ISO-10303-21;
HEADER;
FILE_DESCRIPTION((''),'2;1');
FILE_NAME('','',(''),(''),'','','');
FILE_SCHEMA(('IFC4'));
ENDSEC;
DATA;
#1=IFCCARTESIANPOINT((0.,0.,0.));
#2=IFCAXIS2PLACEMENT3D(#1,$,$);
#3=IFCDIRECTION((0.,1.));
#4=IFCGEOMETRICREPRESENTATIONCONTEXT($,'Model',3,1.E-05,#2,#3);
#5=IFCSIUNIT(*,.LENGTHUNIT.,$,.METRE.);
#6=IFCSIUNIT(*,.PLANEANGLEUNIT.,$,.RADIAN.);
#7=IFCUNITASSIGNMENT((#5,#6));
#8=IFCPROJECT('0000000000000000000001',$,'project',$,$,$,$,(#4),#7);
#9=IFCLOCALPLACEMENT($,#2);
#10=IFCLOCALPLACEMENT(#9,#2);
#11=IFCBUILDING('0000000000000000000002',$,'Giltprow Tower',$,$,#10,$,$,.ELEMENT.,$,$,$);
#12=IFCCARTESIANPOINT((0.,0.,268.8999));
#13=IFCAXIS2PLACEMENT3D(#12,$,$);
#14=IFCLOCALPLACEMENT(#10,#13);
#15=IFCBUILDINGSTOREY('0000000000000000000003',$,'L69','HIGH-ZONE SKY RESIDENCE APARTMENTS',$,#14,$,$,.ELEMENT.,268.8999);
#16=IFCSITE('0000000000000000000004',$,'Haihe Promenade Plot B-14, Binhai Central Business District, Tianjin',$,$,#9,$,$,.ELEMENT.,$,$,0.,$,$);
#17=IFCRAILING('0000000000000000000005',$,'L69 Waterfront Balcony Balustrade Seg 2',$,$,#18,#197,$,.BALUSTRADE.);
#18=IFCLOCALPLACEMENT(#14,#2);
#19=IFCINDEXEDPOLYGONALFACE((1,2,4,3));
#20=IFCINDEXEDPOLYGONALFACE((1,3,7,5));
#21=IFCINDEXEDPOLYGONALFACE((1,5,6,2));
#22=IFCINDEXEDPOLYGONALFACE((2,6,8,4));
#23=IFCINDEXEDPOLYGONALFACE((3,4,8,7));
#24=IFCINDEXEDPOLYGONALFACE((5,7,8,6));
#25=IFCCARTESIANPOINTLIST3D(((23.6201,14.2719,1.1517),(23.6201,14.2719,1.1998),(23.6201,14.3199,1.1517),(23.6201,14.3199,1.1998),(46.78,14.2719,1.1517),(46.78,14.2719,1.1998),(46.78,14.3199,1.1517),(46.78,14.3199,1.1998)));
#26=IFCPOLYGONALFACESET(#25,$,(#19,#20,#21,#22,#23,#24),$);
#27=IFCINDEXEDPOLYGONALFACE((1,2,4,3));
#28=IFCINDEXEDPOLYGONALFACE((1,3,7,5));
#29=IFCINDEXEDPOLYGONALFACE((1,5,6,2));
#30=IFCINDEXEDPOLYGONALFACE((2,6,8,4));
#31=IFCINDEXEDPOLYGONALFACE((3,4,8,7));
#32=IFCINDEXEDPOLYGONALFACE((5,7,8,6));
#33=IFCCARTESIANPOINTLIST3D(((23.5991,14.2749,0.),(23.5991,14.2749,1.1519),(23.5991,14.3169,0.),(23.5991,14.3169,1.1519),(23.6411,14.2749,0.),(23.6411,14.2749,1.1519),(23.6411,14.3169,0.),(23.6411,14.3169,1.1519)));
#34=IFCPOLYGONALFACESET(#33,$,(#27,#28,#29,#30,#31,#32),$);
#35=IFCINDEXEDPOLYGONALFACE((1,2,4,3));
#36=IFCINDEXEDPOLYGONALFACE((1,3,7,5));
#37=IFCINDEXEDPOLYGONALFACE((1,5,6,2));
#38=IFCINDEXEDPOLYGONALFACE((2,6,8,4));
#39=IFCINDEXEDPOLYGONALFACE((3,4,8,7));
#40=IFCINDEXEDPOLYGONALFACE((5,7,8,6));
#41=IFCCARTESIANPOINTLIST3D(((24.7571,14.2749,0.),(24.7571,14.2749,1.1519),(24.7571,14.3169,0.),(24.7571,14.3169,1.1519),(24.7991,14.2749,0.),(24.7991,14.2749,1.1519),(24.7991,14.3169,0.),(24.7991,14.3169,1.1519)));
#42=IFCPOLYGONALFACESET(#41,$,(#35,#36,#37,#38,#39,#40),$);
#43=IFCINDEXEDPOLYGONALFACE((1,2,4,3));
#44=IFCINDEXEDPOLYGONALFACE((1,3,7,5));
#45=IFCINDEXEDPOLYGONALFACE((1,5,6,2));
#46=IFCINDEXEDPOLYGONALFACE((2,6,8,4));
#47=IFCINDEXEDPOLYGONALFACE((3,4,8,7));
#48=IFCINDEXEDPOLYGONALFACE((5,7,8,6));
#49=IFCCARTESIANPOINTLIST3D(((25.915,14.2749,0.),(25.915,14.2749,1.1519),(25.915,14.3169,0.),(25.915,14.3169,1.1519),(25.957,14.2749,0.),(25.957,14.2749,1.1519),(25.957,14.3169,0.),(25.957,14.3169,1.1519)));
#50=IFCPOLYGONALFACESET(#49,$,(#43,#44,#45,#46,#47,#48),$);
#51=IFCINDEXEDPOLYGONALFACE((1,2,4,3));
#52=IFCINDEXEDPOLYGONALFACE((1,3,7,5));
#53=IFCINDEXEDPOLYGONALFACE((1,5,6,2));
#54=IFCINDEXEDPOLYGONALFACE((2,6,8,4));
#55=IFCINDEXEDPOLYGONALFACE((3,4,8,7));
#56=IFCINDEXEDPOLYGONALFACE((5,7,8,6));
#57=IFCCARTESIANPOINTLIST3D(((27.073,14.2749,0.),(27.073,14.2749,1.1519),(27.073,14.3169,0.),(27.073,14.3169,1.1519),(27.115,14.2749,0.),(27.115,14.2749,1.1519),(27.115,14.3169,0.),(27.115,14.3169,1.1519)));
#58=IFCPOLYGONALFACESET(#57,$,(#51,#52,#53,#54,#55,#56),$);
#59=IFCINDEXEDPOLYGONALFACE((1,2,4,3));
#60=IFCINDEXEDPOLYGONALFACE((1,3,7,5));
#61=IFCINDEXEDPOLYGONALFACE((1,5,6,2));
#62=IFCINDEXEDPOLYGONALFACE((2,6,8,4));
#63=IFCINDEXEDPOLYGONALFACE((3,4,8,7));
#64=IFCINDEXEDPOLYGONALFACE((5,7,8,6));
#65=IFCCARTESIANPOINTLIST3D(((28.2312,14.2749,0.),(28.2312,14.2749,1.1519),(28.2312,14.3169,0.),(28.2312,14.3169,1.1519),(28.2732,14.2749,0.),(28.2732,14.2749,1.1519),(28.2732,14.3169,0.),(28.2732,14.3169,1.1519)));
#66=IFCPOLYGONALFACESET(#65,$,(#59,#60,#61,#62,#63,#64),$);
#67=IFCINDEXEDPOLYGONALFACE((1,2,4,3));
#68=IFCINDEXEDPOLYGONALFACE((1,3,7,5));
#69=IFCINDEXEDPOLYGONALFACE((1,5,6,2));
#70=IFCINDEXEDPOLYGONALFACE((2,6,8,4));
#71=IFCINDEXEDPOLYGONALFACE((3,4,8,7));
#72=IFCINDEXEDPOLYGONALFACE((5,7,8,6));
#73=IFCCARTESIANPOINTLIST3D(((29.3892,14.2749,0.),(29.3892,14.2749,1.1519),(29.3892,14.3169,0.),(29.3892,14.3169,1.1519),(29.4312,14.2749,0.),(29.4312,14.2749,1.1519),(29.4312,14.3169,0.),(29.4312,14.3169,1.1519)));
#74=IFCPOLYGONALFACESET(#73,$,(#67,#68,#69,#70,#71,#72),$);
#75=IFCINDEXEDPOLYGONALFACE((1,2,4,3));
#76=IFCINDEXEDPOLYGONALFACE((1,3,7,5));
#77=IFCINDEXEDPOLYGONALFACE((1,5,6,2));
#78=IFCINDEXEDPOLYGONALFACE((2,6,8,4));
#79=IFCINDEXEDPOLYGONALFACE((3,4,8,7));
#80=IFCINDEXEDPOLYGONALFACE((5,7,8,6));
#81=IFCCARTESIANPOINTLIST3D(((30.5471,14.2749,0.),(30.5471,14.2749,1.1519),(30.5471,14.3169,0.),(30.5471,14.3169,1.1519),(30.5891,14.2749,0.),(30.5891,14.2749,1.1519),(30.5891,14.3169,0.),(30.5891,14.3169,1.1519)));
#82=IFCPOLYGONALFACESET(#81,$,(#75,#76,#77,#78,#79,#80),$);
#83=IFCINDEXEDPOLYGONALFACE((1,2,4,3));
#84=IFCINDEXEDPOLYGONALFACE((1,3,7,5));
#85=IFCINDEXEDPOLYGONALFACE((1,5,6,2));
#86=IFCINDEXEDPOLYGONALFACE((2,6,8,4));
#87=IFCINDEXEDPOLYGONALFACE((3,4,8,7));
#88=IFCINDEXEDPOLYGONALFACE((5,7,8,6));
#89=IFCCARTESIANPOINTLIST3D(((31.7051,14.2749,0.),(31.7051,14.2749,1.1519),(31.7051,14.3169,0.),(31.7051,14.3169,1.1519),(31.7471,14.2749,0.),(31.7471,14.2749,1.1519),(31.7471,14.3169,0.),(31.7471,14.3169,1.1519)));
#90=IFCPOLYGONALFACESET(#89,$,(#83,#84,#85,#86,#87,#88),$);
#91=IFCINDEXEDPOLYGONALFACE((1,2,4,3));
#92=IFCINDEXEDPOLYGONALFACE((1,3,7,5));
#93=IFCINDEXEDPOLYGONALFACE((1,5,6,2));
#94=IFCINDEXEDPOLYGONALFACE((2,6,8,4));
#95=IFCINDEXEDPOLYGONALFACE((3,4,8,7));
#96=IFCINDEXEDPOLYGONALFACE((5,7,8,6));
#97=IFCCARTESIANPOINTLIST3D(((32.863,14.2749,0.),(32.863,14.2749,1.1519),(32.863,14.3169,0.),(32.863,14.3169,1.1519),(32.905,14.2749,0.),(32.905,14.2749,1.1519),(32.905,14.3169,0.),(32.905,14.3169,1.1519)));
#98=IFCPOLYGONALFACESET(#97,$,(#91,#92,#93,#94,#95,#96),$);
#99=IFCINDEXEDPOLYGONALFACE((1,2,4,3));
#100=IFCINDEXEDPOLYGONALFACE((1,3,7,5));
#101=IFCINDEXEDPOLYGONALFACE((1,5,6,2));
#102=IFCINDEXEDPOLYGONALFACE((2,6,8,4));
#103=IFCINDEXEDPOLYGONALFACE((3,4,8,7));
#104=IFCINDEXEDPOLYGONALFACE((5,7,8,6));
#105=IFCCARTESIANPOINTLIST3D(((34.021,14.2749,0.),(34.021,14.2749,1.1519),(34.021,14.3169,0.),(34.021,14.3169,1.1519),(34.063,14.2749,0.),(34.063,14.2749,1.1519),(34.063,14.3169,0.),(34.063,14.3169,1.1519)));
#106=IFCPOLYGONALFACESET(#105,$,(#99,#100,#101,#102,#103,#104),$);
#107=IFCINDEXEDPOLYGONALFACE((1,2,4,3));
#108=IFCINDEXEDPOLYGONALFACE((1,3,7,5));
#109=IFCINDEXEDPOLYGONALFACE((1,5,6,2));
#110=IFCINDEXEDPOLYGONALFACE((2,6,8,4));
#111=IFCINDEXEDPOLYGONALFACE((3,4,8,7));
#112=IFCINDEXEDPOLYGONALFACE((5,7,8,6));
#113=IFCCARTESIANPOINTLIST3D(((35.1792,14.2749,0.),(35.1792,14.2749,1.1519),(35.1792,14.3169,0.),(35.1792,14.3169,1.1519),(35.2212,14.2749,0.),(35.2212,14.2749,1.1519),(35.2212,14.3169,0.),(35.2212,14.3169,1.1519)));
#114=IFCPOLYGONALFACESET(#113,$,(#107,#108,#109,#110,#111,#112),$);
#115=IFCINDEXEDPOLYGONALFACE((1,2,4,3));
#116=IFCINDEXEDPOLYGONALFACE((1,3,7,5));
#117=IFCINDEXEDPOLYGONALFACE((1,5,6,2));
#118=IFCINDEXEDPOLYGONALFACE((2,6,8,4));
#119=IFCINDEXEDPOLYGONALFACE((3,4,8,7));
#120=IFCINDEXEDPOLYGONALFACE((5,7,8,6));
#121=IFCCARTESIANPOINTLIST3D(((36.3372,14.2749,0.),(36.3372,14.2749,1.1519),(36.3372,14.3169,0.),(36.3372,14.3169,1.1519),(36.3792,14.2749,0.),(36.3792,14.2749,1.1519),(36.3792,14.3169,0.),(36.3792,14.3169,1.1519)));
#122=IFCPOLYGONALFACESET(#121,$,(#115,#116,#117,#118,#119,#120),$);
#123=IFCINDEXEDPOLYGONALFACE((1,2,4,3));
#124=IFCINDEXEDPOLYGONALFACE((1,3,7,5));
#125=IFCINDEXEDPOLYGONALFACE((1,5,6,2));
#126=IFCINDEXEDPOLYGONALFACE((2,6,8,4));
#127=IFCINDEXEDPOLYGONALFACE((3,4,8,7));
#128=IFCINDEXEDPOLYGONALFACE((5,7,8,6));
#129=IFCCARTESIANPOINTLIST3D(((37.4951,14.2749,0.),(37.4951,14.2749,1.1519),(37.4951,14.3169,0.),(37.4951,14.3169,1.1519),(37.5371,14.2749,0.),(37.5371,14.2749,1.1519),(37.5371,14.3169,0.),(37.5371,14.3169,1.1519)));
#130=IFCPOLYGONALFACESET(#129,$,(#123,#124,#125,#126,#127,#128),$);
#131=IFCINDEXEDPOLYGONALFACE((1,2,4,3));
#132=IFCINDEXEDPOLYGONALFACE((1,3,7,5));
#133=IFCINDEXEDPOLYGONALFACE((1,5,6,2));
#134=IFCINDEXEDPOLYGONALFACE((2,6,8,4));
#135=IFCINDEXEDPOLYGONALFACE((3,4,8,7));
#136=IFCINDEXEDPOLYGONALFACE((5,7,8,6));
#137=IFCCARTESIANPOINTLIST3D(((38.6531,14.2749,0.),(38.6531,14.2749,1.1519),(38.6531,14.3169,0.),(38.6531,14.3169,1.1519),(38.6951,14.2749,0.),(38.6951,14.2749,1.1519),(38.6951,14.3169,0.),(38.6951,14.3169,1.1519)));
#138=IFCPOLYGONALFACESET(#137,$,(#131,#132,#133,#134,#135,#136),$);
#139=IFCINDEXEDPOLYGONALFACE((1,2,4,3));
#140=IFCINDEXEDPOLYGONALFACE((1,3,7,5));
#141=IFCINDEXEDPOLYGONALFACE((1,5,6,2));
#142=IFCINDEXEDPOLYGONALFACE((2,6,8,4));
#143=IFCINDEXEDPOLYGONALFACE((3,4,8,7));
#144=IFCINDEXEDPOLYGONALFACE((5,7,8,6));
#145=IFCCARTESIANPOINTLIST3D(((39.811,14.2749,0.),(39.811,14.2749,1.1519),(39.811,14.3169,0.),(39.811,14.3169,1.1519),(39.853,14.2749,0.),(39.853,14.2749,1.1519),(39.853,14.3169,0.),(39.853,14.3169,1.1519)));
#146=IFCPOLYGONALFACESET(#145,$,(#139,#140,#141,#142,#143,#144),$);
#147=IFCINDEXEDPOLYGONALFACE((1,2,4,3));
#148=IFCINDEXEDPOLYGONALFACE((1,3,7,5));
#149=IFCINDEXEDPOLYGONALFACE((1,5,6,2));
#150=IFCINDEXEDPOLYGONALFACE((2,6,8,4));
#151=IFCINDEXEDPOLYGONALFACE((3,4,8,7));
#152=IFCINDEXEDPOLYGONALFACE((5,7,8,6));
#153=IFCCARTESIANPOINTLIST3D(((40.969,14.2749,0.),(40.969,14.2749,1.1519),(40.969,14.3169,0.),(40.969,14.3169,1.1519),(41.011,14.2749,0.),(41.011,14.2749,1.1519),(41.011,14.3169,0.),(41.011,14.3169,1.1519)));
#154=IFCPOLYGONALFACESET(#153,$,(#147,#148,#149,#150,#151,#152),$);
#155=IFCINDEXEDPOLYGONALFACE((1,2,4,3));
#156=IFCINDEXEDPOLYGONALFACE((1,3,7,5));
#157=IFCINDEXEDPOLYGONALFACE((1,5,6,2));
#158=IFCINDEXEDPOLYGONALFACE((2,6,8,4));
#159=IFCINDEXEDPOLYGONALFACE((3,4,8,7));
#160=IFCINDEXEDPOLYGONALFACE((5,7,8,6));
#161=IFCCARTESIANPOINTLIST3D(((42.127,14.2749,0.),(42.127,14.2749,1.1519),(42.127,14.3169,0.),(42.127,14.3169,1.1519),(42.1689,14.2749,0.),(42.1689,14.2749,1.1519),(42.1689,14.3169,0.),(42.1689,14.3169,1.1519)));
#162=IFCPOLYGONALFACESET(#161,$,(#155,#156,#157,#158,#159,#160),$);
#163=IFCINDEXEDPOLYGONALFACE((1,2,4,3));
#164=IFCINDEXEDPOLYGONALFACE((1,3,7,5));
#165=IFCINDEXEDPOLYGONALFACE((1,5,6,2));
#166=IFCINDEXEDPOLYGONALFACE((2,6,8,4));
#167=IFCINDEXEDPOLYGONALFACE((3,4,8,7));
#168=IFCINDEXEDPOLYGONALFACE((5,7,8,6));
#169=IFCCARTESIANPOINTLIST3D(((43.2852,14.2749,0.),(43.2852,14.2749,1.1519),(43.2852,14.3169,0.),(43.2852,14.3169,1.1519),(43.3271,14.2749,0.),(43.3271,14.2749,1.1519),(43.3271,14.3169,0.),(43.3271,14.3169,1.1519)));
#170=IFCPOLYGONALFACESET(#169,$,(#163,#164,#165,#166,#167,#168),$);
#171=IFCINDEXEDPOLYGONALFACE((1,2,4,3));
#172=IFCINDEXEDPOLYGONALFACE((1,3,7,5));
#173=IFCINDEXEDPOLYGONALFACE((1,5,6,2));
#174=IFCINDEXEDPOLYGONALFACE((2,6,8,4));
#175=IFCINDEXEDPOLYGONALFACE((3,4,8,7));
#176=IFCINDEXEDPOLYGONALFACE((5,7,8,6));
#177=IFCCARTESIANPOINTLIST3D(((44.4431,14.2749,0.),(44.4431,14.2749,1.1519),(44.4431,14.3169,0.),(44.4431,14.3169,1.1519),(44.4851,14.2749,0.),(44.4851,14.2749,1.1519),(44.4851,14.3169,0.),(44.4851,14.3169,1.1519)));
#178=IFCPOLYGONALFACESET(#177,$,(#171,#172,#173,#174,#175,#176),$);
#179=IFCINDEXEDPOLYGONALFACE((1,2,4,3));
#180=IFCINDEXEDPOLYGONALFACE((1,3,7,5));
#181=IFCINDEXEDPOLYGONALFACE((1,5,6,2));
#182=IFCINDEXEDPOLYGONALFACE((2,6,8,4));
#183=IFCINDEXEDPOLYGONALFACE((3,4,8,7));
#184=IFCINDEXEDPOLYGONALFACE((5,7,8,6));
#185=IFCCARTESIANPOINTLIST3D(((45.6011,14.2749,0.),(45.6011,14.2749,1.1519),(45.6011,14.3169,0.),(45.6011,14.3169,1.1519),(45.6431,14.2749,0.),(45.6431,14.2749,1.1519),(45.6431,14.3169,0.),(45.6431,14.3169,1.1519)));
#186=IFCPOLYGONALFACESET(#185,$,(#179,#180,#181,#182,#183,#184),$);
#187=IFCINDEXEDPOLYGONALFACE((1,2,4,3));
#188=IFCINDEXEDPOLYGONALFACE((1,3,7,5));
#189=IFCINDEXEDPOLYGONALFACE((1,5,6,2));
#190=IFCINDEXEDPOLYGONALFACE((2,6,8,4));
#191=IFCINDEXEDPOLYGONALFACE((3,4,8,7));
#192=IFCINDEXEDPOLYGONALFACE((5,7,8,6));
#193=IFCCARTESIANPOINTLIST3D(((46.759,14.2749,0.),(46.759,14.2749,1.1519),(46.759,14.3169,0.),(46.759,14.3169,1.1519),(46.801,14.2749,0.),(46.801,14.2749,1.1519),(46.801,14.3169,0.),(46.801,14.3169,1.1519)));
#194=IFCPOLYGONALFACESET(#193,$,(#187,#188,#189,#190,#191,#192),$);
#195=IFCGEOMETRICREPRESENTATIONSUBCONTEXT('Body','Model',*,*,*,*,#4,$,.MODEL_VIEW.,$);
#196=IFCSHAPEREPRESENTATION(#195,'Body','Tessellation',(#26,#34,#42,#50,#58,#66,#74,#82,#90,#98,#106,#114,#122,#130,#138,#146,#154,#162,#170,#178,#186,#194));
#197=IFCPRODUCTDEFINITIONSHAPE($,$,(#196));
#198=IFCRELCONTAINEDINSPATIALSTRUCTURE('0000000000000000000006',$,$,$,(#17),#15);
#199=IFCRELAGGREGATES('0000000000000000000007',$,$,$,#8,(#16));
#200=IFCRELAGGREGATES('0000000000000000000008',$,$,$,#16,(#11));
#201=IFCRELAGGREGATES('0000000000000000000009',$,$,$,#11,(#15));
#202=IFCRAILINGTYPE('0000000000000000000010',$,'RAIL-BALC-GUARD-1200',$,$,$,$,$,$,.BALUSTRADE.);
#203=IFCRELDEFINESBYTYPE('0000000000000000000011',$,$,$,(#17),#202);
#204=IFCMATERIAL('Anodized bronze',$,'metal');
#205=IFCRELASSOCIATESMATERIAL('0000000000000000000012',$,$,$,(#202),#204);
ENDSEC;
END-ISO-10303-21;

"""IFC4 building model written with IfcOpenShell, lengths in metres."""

from ifc_helpers import new_model, si_unit, direction, frame, origin, origin_2d, place, context, subcontext, project, spatial, rectangle, extrude, material, type_object, element, save


model = new_model("IFC4")

# Units and contexts
model_context = context("Model", 3, precision=1e-05, world=origin(), true_north=direction((0.0, 1.0)))
body_context = subcontext(model_context, "Body", "Model", "MODEL_VIEW")
ifc_project = project(units=[si_unit("LENGTHUNIT", "METRE"), si_unit("PLANEANGLEUNIT", "RADIAN")], contexts=[model_context])

# Site, building, storey
site_placement = place(None, origin())
site = spatial("IfcSite", under=ifc_project, at=site_placement, Name="Haihe Promenade Plot B-14, Binhai Central Business District, Tianjin", CompositionType="ELEMENT", RefElevation=0.0)
building_placement = place(site_placement, origin())
building = spatial("IfcBuilding", under=site, at=building_placement, Name="Giltprow Tower", CompositionType="ELEMENT")
storey_placement = place(building_placement, frame((0.0, 0.0, 268.8999)))
storey = spatial("IfcBuildingStorey", under=building, at=storey_placement, Name="L69", Description="HIGH-ZONE SKY RESIDENCE APARTMENTS", CompositionType="ELEMENT", Elevation=268.8999)

# Shared definitions
ifc_material_1 = material(Name="Anodized bronze", Category="metal")

# Railing
railing_type = type_object("IfcRailingType", Name="RAIL-BALC-GUARD-1200", PredefinedType="BALUSTRADE", material=ifc_material_1)
railing_1_placement = place(storey_placement, frame((23.6201, 14.2959, 0.0)))
element("IfcRailing", 1, at=railing_1_placement, inside=storey, type_object=railing_type, Name="L69 Waterfront Balcony Balustrade Seg 2", PredefinedType="BALUSTRADE", context=body_context, shape_type="SweptSolid", body=[
    extrude(rectangle(XDim=0.0481, YDim=0.0481, at=origin_2d()), frame((0.0, 0.0, 1.1758), z_axis=(1.0, 0.0, 0.0), x_axis=(0.0, 1.0, 0.0)), (0.0, 0.0, 1.0), 23.1599),
    extrude(rectangle(XDim=0.042, YDim=0.042, at=origin_2d()), origin(), (0.0, 0.0, 1.0), 1.1519),
    extrude(rectangle(XDim=0.042, YDim=0.042, at=origin_2d()), frame((1.158, 0.0, 0.0)), (0.0, 0.0, 1.0), 1.1519),
    extrude(rectangle(XDim=0.042, YDim=0.042, at=origin_2d()), frame((2.3159, 0.0, 0.0)), (0.0, 0.0, 1.0), 1.1519),
    extrude(rectangle(XDim=0.042, YDim=0.042, at=origin_2d()), frame((3.4739, 0.0, 0.0)), (0.0, 0.0, 1.0), 1.1519),
    extrude(rectangle(XDim=0.042, YDim=0.042, at=origin_2d()), frame((4.6321, 0.0, 0.0)), (0.0, 0.0, 1.0), 1.1519),
    extrude(rectangle(XDim=0.042, YDim=0.042, at=origin_2d()), frame((5.79, 0.0, 0.0)), (0.0, 0.0, 1.0), 1.1519),
    extrude(rectangle(XDim=0.042, YDim=0.042, at=origin_2d()), frame((6.948, 0.0, 0.0)), (0.0, 0.0, 1.0), 1.1519),
    extrude(rectangle(XDim=0.042, YDim=0.042, at=origin_2d()), frame((8.106, 0.0, 0.0)), (0.0, 0.0, 1.0), 1.1519),
    extrude(rectangle(XDim=0.042, YDim=0.042, at=origin_2d()), frame((9.2639, 0.0, 0.0)), (0.0, 0.0, 1.0), 1.1519),
    extrude(rectangle(XDim=0.042, YDim=0.042, at=origin_2d()), frame((10.4219, 0.0, 0.0)), (0.0, 0.0, 1.0), 1.1519),
    extrude(rectangle(XDim=0.042, YDim=0.042, at=origin_2d()), frame((11.5801, 0.0, 0.0)), (0.0, 0.0, 1.0), 1.1519),
    extrude(rectangle(XDim=0.042, YDim=0.042, at=origin_2d()), frame((12.738, 0.0, 0.0)), (0.0, 0.0, 1.0), 1.1519),
    extrude(rectangle(XDim=0.042, YDim=0.042, at=origin_2d()), frame((13.896, 0.0, 0.0)), (0.0, 0.0, 1.0), 1.1519),
    extrude(rectangle(XDim=0.042, YDim=0.042, at=origin_2d()), frame((15.054, 0.0, 0.0)), (0.0, 0.0, 1.0), 1.1519),
    extrude(rectangle(XDim=0.042, YDim=0.042, at=origin_2d()), frame((16.2119, 0.0, 0.0)), (0.0, 0.0, 1.0), 1.1519),
    extrude(rectangle(XDim=0.042, YDim=0.042, at=origin_2d()), frame((17.3699, 0.0, 0.0)), (0.0, 0.0, 1.0), 1.1519),
    extrude(rectangle(XDim=0.042, YDim=0.042, at=origin_2d()), frame((18.5278, 0.0, 0.0)), (0.0, 0.0, 1.0), 1.1519),
    extrude(rectangle(XDim=0.042, YDim=0.042, at=origin_2d()), frame((19.686, 0.0, 0.0)), (0.0, 0.0, 1.0), 1.1519),
    extrude(rectangle(XDim=0.042, YDim=0.042, at=origin_2d()), frame((20.844, 0.0, 0.0)), (0.0, 0.0, 1.0), 1.1519),
    extrude(rectangle(XDim=0.042, YDim=0.042, at=origin_2d()), frame((22.002, 0.0, 0.0)), (0.0, 0.0, 1.0), 1.1519),
    extrude(rectangle(XDim=0.042, YDim=0.042, at=origin_2d()), frame((23.1599, 0.0, 0.0)), (0.0, 0.0, 1.0), 1.1519),
])

save(model, "model.ifc")
